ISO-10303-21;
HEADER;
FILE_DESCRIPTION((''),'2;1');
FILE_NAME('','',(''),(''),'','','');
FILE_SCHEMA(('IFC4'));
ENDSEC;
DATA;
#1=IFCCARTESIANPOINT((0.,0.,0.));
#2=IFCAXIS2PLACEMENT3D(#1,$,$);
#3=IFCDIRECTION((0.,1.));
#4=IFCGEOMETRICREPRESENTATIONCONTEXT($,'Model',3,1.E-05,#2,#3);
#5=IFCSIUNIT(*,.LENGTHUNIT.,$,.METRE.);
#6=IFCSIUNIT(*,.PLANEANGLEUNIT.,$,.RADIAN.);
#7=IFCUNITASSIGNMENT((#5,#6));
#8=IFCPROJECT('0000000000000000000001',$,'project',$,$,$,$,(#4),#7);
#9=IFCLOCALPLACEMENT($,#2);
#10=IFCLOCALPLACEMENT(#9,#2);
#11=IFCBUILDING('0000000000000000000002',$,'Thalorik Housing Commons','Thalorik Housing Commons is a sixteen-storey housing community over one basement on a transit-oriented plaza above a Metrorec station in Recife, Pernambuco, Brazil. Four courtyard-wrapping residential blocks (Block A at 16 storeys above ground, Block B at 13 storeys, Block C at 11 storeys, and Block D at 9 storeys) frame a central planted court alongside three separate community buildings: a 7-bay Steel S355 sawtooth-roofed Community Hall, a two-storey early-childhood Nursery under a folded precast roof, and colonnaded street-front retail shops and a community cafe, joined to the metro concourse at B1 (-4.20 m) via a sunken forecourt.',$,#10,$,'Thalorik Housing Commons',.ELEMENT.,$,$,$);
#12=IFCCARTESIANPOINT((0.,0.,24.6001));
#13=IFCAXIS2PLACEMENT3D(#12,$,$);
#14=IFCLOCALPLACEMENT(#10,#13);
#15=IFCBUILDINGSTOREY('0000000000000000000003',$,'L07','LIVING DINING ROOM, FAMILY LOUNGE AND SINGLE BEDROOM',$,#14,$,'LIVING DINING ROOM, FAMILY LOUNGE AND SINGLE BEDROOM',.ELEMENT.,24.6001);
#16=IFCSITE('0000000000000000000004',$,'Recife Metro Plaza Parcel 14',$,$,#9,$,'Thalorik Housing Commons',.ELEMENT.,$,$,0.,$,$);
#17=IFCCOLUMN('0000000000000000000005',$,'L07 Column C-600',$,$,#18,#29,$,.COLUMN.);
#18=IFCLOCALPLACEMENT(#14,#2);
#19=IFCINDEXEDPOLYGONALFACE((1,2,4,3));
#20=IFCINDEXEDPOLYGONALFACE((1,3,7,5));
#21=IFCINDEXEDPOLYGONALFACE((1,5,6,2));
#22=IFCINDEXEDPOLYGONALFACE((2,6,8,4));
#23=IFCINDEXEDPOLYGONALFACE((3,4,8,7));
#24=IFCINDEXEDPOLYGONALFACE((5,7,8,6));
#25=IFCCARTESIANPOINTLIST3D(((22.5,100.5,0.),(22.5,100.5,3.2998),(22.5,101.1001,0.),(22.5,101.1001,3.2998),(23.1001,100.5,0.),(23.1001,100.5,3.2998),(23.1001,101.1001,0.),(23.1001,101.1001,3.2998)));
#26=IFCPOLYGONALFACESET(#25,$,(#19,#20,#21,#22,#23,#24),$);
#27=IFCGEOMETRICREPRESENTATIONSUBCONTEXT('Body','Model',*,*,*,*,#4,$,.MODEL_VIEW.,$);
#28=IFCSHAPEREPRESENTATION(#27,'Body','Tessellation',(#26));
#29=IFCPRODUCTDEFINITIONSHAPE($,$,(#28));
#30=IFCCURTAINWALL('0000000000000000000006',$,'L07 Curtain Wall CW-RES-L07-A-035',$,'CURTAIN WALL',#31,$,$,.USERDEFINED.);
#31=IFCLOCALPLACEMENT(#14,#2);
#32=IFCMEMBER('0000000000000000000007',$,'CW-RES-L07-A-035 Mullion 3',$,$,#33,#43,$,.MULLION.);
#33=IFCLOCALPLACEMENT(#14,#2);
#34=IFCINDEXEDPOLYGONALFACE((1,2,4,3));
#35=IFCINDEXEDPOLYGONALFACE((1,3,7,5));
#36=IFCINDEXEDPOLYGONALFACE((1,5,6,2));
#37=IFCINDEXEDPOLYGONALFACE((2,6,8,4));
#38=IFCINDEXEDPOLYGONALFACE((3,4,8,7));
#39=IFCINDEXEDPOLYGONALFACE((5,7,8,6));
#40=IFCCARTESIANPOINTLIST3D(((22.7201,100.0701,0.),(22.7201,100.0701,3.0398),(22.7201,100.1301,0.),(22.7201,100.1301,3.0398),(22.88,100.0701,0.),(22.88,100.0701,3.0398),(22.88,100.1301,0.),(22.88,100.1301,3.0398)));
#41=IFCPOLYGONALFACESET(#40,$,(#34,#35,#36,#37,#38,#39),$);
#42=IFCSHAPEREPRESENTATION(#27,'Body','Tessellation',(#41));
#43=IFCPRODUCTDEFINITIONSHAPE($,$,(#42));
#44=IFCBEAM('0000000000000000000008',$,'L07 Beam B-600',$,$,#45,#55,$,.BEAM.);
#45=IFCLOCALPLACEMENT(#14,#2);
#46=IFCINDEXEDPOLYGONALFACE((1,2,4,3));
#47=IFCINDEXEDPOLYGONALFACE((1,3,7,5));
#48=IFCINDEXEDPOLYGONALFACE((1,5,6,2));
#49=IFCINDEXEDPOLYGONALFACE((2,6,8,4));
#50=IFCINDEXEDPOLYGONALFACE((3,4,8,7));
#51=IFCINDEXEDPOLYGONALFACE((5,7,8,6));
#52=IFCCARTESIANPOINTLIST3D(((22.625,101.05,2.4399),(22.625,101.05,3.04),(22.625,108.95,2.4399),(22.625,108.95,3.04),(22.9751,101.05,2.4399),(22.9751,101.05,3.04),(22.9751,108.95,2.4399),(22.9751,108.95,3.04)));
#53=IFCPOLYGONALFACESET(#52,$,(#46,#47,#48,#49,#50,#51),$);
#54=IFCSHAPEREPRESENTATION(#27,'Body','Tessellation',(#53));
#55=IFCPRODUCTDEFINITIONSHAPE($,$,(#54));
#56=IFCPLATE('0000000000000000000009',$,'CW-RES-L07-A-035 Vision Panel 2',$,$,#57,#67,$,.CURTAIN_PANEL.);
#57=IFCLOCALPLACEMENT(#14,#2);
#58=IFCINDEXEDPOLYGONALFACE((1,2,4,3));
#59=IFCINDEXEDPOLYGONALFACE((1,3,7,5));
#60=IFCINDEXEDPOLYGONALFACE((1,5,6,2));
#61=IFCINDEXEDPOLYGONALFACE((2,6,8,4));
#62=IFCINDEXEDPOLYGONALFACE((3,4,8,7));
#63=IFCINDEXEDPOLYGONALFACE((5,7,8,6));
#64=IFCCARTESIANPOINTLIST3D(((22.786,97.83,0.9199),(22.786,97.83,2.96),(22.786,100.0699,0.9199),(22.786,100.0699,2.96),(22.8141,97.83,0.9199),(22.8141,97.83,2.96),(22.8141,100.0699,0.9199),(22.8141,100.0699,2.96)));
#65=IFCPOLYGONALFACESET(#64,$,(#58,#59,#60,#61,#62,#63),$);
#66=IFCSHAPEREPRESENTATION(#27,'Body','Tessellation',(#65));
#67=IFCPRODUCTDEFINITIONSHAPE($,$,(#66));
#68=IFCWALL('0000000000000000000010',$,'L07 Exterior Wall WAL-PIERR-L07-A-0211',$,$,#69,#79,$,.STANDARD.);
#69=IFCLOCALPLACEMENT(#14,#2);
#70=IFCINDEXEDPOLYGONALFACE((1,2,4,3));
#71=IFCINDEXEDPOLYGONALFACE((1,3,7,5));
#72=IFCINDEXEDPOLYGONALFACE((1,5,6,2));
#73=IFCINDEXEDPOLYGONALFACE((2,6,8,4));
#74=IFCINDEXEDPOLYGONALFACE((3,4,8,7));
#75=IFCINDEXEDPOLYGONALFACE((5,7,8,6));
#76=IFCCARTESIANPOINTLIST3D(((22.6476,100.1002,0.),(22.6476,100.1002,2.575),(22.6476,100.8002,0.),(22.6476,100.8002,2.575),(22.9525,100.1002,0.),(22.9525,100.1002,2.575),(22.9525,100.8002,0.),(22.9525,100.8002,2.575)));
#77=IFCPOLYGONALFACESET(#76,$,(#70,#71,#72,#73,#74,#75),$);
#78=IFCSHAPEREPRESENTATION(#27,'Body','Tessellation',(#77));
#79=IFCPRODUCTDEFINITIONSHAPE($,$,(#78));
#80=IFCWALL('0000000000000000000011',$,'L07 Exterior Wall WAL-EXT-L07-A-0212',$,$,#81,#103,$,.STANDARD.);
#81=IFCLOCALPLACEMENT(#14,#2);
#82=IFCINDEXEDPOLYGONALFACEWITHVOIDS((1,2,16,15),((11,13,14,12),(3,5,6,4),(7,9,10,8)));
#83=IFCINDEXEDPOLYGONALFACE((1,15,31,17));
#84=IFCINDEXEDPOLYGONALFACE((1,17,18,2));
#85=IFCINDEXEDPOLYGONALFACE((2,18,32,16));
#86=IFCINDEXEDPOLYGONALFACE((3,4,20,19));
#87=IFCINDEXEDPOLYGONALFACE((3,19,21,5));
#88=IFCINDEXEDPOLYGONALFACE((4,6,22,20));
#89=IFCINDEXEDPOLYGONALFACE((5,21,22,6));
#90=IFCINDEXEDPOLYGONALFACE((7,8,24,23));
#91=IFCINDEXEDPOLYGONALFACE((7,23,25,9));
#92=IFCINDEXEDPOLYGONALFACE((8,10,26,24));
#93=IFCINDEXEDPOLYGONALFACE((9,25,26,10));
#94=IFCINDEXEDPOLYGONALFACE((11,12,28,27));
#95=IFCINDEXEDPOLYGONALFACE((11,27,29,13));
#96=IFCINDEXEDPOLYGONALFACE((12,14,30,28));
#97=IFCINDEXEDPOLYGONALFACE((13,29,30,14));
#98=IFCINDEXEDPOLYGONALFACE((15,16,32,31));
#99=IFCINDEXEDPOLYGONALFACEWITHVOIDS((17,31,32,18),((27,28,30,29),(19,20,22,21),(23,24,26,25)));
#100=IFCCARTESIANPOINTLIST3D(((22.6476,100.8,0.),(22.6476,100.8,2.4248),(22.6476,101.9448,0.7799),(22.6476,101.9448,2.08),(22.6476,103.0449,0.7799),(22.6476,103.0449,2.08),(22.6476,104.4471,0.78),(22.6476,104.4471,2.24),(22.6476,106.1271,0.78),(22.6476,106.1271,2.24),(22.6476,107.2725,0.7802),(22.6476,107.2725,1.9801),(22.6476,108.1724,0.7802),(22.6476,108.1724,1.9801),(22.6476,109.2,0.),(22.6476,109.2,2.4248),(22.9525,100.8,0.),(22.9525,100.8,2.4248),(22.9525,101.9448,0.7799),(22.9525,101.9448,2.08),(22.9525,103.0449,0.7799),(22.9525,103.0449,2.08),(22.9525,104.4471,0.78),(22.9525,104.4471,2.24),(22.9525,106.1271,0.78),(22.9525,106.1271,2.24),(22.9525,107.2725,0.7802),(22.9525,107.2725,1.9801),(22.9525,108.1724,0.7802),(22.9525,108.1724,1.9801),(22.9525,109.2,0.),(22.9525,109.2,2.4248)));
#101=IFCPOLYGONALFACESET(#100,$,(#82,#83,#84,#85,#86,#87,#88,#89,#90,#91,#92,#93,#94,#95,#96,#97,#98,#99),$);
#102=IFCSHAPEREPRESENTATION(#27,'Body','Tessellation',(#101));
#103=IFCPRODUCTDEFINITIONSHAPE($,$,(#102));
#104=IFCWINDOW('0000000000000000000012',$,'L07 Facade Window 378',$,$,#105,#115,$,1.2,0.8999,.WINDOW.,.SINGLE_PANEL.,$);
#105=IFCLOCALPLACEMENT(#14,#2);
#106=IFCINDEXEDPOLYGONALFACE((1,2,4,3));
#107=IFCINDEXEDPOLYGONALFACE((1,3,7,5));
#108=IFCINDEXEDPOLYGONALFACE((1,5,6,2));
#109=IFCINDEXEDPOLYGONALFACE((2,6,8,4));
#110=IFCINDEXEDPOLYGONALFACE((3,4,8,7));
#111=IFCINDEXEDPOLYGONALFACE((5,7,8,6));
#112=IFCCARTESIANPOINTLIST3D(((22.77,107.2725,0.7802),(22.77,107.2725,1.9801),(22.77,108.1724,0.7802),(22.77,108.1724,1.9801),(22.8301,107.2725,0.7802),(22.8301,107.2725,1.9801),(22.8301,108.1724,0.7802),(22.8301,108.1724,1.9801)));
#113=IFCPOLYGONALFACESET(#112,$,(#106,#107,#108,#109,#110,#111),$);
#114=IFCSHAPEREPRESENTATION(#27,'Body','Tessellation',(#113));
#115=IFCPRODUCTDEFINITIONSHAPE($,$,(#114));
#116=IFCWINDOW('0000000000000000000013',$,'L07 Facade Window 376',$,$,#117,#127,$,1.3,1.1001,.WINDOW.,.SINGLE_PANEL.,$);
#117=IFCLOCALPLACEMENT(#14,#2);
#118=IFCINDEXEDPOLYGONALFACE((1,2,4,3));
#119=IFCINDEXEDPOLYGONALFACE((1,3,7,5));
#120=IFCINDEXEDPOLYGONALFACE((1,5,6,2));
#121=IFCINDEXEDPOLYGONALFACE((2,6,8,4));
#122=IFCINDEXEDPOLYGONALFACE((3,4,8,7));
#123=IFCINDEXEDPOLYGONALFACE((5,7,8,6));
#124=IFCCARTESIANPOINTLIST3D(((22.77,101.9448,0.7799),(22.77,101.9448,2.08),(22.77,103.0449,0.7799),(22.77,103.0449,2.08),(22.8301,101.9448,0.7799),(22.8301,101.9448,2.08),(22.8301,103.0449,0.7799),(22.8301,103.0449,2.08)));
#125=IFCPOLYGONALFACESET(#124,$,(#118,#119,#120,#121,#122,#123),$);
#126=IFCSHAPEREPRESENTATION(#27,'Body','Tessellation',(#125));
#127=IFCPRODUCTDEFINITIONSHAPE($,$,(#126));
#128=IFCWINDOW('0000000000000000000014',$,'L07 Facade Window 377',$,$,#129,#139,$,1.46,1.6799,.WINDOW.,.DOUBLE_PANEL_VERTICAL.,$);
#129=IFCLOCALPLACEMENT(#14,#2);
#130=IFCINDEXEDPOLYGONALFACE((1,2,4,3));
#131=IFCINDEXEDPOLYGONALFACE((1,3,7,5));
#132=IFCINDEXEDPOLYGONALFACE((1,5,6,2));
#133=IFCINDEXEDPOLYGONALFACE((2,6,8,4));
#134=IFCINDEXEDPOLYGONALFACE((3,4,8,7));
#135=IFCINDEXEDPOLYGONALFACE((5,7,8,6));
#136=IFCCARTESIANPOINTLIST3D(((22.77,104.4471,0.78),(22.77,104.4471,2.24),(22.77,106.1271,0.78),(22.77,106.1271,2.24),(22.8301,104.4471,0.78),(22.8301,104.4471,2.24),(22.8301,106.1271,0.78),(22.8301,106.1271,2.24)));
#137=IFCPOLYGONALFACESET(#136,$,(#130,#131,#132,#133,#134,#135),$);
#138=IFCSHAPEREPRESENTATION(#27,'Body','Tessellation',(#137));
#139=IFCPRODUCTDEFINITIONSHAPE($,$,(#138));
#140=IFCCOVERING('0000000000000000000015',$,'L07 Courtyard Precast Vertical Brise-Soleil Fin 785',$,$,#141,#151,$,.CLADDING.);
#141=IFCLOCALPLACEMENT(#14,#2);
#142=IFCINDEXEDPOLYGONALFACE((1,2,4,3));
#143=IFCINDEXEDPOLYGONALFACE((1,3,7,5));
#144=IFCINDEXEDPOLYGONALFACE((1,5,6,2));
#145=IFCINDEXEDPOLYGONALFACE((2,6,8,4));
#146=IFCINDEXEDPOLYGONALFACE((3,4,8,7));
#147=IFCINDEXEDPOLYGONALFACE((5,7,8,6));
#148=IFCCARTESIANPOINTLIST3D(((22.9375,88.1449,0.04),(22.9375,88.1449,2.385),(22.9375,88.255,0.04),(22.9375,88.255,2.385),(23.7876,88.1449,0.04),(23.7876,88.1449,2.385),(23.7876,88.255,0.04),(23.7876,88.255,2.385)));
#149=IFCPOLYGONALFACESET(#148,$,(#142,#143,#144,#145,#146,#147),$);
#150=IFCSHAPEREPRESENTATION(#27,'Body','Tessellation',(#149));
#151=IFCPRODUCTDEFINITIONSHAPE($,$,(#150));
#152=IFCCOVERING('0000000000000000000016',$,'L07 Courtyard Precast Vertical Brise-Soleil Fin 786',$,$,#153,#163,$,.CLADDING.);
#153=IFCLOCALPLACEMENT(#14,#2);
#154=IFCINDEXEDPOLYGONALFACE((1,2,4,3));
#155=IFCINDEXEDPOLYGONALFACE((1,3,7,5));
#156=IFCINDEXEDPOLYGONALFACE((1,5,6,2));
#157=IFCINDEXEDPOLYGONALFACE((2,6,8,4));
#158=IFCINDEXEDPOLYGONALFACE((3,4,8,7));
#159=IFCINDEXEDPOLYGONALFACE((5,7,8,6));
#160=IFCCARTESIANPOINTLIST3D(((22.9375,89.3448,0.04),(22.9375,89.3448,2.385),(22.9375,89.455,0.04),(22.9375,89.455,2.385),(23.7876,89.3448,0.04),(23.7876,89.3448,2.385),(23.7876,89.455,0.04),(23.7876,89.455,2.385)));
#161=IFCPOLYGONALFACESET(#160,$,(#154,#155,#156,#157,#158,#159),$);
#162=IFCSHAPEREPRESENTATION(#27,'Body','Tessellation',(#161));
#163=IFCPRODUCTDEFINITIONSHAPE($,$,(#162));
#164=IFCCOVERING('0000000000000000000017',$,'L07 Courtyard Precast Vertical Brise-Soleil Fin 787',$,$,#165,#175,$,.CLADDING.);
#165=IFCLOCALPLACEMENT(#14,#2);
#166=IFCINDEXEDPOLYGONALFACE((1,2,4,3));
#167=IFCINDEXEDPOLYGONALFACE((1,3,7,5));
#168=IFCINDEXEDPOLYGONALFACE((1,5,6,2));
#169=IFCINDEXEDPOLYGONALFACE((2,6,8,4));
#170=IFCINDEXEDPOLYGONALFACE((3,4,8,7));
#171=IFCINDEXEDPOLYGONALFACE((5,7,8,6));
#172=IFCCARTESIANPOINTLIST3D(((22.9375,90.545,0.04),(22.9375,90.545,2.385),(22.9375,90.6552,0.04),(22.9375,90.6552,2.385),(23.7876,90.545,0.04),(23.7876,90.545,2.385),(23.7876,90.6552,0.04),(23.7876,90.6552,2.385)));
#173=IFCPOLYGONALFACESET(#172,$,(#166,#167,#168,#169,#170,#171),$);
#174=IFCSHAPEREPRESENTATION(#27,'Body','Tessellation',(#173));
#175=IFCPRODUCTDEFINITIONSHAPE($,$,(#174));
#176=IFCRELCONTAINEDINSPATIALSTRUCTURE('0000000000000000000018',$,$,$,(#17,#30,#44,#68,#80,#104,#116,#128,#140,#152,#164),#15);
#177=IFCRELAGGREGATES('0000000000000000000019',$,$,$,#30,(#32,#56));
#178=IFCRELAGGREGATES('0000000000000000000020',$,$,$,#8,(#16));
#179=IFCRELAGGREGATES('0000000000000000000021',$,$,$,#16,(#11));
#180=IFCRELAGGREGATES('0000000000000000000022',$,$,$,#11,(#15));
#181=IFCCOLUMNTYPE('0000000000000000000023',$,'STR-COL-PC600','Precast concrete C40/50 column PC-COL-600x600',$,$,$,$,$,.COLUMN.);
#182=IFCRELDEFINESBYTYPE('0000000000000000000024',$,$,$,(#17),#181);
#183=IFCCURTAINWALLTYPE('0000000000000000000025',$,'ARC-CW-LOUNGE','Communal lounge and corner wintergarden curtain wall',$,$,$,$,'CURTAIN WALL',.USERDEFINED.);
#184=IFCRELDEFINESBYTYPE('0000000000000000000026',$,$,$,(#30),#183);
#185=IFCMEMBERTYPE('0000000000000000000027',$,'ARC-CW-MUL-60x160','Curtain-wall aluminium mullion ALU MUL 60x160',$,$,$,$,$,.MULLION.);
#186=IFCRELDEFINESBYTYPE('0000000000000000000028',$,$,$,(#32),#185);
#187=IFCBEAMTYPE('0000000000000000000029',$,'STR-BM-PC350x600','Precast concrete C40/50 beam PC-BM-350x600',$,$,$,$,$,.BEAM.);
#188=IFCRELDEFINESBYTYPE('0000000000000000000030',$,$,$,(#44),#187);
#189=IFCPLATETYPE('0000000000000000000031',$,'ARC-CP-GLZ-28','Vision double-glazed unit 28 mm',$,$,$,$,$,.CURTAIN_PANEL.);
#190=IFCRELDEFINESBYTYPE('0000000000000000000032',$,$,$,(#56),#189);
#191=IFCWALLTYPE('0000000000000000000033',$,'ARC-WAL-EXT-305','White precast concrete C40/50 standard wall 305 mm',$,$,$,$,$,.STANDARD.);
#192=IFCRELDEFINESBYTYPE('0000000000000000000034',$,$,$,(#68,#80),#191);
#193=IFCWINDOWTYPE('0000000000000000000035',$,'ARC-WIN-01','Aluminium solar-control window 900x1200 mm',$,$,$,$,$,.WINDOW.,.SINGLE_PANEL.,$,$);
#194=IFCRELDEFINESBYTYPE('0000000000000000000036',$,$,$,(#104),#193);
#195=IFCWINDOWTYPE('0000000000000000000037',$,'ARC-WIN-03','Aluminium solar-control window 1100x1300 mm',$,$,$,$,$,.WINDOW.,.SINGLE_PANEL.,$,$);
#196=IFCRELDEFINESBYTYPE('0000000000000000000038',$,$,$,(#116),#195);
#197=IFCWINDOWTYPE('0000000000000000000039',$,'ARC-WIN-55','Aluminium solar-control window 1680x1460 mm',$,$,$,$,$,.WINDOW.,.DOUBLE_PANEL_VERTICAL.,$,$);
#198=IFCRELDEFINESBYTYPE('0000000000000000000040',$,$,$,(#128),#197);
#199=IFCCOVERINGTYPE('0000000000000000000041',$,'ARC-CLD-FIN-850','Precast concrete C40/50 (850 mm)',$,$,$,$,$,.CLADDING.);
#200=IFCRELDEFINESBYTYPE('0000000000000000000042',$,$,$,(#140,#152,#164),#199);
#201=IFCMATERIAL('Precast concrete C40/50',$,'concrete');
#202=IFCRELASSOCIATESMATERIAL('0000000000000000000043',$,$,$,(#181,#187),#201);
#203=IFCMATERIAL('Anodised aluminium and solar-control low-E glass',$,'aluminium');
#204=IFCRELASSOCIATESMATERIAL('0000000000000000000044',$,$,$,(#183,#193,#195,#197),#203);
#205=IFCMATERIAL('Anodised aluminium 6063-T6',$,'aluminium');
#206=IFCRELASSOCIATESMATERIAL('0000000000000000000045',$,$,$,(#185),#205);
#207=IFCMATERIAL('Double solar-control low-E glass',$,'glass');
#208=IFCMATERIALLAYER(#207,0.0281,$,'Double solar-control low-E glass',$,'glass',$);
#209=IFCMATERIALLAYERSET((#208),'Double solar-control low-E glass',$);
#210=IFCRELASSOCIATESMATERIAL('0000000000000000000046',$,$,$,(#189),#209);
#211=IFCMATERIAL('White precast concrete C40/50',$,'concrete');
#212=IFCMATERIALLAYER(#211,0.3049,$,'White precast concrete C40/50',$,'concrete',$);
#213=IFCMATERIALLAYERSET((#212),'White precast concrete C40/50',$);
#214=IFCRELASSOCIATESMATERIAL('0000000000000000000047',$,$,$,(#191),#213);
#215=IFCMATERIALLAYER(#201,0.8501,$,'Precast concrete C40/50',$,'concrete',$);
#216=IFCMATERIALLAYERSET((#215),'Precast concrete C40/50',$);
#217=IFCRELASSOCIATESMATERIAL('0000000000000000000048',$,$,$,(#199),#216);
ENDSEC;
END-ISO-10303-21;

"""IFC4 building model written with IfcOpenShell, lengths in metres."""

from ifc_helpers import new_model, si_unit, direction, frame, frame_2d, origin, origin_2d, place, context, subcontext, project, spatial, rectangle, extrude, material, layer, layer_set, material_profile, profile_set, type_object, element, fill, aggregate, save


model = new_model("IFC4")

# Units and contexts
model_context = context("Model", 3, precision=1e-05, world=origin(), true_north=direction((0.0, 1.0)))
body_context = subcontext(model_context, "Body", "Model", "MODEL_VIEW")
ifc_project = project(units=[si_unit("LENGTHUNIT", "METRE"), si_unit("PLANEANGLEUNIT", "RADIAN")], contexts=[model_context])

# Site, building, storey
site_placement = place(None, origin())
site = spatial("IfcSite", under=ifc_project, at=site_placement, Name="Recife Metro Plaza Parcel 14", LongName="Thalorik Housing Commons", CompositionType="ELEMENT", RefElevation=0.0)
building_placement = place(site_placement, origin())
building = spatial("IfcBuilding", under=site, at=building_placement, Name="Thalorik Housing Commons", Description="Thalorik Housing Commons is a sixteen-storey housing community over one basement on a transit-oriented plaza above a Metrorec station in Recife, Pernambuco, Brazil. Four courtyard-wrapping residential blocks (Block A at 16 storeys above ground, Block B at 13 storeys, Block C at 11 storeys, and Block D at 9 storeys) frame a central planted court alongside three separate community buildings: a 7-bay Steel S355 sawtooth-roofed Community Hall, a two-storey early-childhood Nursery under a folded precast roof, and colonnaded street-front retail shops and a community cafe, joined to the metro concourse at B1 (-4.20 m) via a sunken forecourt.", LongName="Thalorik Housing Commons", CompositionType="ELEMENT")
storey_placement = place(building_placement, frame((0.0, 0.0, 24.6001)))
storey = spatial("IfcBuildingStorey", under=building, at=storey_placement, Name="L07", Description="LIVING DINING ROOM, FAMILY LOUNGE AND SINGLE BEDROOM", LongName="LIVING DINING ROOM, FAMILY LOUNGE AND SINGLE BEDROOM", CompositionType="ELEMENT", Elevation=24.6001)

# Column
ifc_material_1 = material(Name="Precast concrete C40/50", Category="concrete")
ifc_material_profile_1 = material_profile(ifc_material_1, rectangle(XDim=0.6001, YDim=0.6001, at=origin_2d()), Name="PC 600x600", Category="concrete")
ifc_profile_set_1 = profile_set([ifc_material_profile_1], Name="Precast concrete C40/50")
column_type = type_object("IfcColumnType", Name="STR-COL-PC600", Description="Precast concrete C40/50 column PC-COL-600x600", PredefinedType="COLUMN", material=ifc_profile_set_1)
column_placement = place(storey_placement, frame((22.8, 100.8, 0.0), z_axis=(0.0, 0.0, 1.0), x_axis=(1.0, 0.0, 0.0)))
element("IfcColumn", 1, at=column_placement, inside=storey, type_object=column_type, Name="L07 Column C-600", PredefinedType="COLUMN", context=body_context, shape_type="SweptSolid", body=[
    extrude(rectangle(XDim=0.6001, YDim=0.6001, at=origin_2d()), origin(), (0.0, 0.0, 1.0), 3.2998),
])

# Curtain wall, member
ifc_material_2 = material(Name="Anodised aluminium and solar-control low-E glass", Category="aluminium")
curtain_wall_type = type_object("IfcCurtainWallType", Name="ARC-CW-LOUNGE", Description="Communal lounge and corner wintergarden curtain wall", ElementType="CURTAIN WALL", PredefinedType="USERDEFINED", material=ifc_material_2)
curtain_wall_placement = place(storey_placement, origin())
curtain_wall = element("IfcCurtainWall", 2, at=curtain_wall_placement, inside=storey, type_object=curtain_wall_type, Name="L07 Curtain Wall CW-RES-L07-A-035", ObjectType="CURTAIN WALL", PredefinedType="USERDEFINED")
ifc_material_3 = material(Name="Anodised aluminium 6063-T6", Category="aluminium")
ifc_material_profile_2 = material_profile(ifc_material_3, rectangle(XDim=0.0601, YDim=0.1599, at=origin_2d()), Name="ALU MUL 60x160", Category="aluminium")
ifc_profile_set_2 = profile_set([ifc_material_profile_2], Name="Anodised aluminium 6063-T6")
member_type = type_object("IfcMemberType", Name="ARC-CW-MUL-60x160", Description="Curtain-wall aluminium mullion ALU MUL 60x160", PredefinedType="MULLION", material=ifc_profile_set_2)
member_placement = place(storey_placement, frame((22.8, 100.1001, 0.0), z_axis=(0.0, 0.0, 1.0), x_axis=(0.0, 1.0, 0.0)))
member = element("IfcMember", 3, at=member_placement, type_object=member_type, Name="CW-RES-L07-A-035 Mullion 3", PredefinedType="MULLION", context=body_context, shape_type="SweptSolid", body=[
    extrude(rectangle(XDim=0.0601, YDim=0.1599, at=origin_2d()), origin(), (0.0, 0.0, 1.0), 3.0398),
])

# Beam
ifc_material_profile_3 = material_profile(ifc_material_1, rectangle(XDim=0.3501, YDim=0.6001, at=origin_2d()), Name="PC 350x600", Category="concrete")
ifc_profile_set_3 = profile_set([ifc_material_profile_3], Name="Precast concrete C40/50")
beam_type = type_object("IfcBeamType", Name="STR-BM-PC350x600", Description="Precast concrete C40/50 beam PC-BM-350x600", PredefinedType="BEAM", material=ifc_profile_set_3)
beam_placement = place(storey_placement, frame((22.8, 101.05, 2.74), z_axis=(0.0, 1.0, 0.0), x_axis=(-1.0, 0.0, 0.0)))
element("IfcBeam", 4, at=beam_placement, inside=storey, type_object=beam_type, Name="L07 Beam B-600", PredefinedType="BEAM", context=body_context, shape_type="SweptSolid", body=[
    extrude(rectangle(XDim=0.3501, YDim=0.6001, at=origin_2d()), origin(), (0.0, 0.0, 1.0), 7.8999),
])

# Plate
ifc_material_4 = material(Name="Double solar-control low-E glass", Category="glass")
ifc_layer_1 = layer(ifc_material_4, 0.0281, Name="Double solar-control low-E glass", Category="glass")
ifc_layer_set_1 = layer_set([ifc_layer_1], Name="Double solar-control low-E glass")
plate_type = type_object("IfcPlateType", Name="ARC-CP-GLZ-28", Description="Vision double-glazed unit 28 mm", PredefinedType="CURTAIN_PANEL", material=ifc_layer_set_1)
plate_placement = place(storey_placement, frame((22.8, 98.95, 0.9199), z_axis=(0.0, 0.0, 1.0), x_axis=(0.0, 1.0, 0.0)))
plate = element("IfcPlate", 5, at=plate_placement, type_object=plate_type, Name="CW-RES-L07-A-035 Vision Panel 2", PredefinedType="CURTAIN_PANEL", context=body_context, shape_type="SweptSolid", body=[
    extrude(rectangle(XDim=2.24, YDim=0.0281, at=origin_2d()), origin(), (0.0, 0.0, 1.0), 2.04),
])
aggregate(curtain_wall, [member, plate])

# Wall
ifc_material_5 = material(Name="White precast concrete C40/50", Category="concrete")
ifc_layer_2 = layer(ifc_material_5, 0.3049, Name="White precast concrete C40/50", Category="concrete")
ifc_layer_set_2 = layer_set([ifc_layer_2], Name="White precast concrete C40/50")
wall_type = type_object("IfcWallType", Name="ARC-WAL-EXT-305", Description="White precast concrete C40/50 standard wall 305 mm", PredefinedType="STANDARD", material=ifc_layer_set_2)
wall_1_placement = place(storey_placement, frame((22.8, 100.1001, 0.0), z_axis=(0.0, 0.0, 1.0), x_axis=(0.0, 1.0, 0.0)))
element("IfcWall", 6, at=wall_1_placement, inside=storey, type_object=wall_type, Name="L07 Exterior Wall WAL-PIERR-L07-A-0211", PredefinedType="STANDARD", context=body_context, shape_type="SweptSolid", body=[
    extrude(rectangle(XDim=0.7, YDim=0.3049, at=frame_2d((0.3501, 0.0))), origin(), (0.0, 0.0, 1.0), 2.575),
])

# Wall, openings, windows
wall_2_placement = place(storey_placement, frame((22.8, 100.8, 0.0), z_axis=(0.0, 0.0, 1.0), x_axis=(0.0, 1.0, 0.0)))
wall_2 = element("IfcWall", 7, at=wall_2_placement, inside=storey, type_object=wall_type, Name="L07 Exterior Wall WAL-EXT-L07-A-0212", PredefinedType="STANDARD", context=body_context, shape_type="SweptSolid", body=[
    extrude(rectangle(XDim=8.3999, YDim=0.3049, at=frame_2d((4.2, 0.0))), origin(), (0.0, 0.0, 1.0), 2.4248),
])
opening_1_placement = place(wall_2_placement, frame((1.1448, 0.0, 0.78)))
opening_1 = element("IfcOpeningElement", 8, at=opening_1_placement, cuts=wall_2, PredefinedType="OPENING", context=body_context, shape_type="SweptSolid", body=[
    extrude(rectangle(XDim=1.1001, YDim=1.3, at=frame_2d((0.55, 0.6499))), frame((0.0, 0.1626, 0.0), z_axis=(0.0, -1.0, 0.0), x_axis=(1.0, 0.0, 0.0)), (0.0, 0.0, 1.0), 0.325),
])
opening_2_placement = place(wall_2_placement, frame((3.6472, 0.0, 0.78)))
opening_2 = element("IfcOpeningElement", 9, at=opening_2_placement, cuts=wall_2, PredefinedType="OPENING", context=body_context, shape_type="SweptSolid", body=[
    extrude(rectangle(XDim=1.6799, YDim=1.46, at=frame_2d((0.8398, 0.73))), frame((0.0, 0.1626, 0.0), z_axis=(0.0, -1.0, 0.0), x_axis=(1.0, 0.0, 0.0)), (0.0, 0.0, 1.0), 0.325),
])
opening_3_placement = place(wall_2_placement, frame((6.4724, 0.0, 0.78)))
opening_3 = element("IfcOpeningElement", 10, at=opening_3_placement, cuts=wall_2, PredefinedType="OPENING", context=body_context, shape_type="SweptSolid", body=[
    extrude(rectangle(XDim=0.8999, YDim=1.2, at=frame_2d((0.45, 0.6001))), frame((0.0, 0.1626, 0.0), z_axis=(0.0, -1.0, 0.0), x_axis=(1.0, 0.0, 0.0)), (0.0, 0.0, 1.0), 0.325),
])
window_type_1 = type_object("IfcWindowType", Name="ARC-WIN-01", Description="Aluminium solar-control window 900x1200 mm", PartitioningType="SINGLE_PANEL", PredefinedType="WINDOW", material=ifc_material_2)
window_1_placement = place(opening_3_placement, origin())
window_1 = element("IfcWindow", 11, at=window_1_placement, inside=storey, type_object=window_type_1, Name="L07 Facade Window 378", OverallHeight=1.2, OverallWidth=0.8999, PartitioningType="SINGLE_PANEL", PredefinedType="WINDOW", context=body_context, shape_type="SweptSolid", body=[
    extrude(rectangle(XDim=0.8999, YDim=1.2, at=frame_2d((0.45, 0.6001))), frame((0.0, 0.03, 0.0), z_axis=(0.0, -1.0, 0.0), x_axis=(1.0, 0.0, 0.0)), (0.0, 0.0, 1.0), 0.0601),
])
fill(opening_3, window_1)
window_type_2 = type_object("IfcWindowType", Name="ARC-WIN-03", Description="Aluminium solar-control window 1100x1300 mm", PartitioningType="SINGLE_PANEL", PredefinedType="WINDOW", material=ifc_material_2)
window_2_placement = place(opening_1_placement, origin())
window_2 = element("IfcWindow", 12, at=window_2_placement, inside=storey, type_object=window_type_2, Name="L07 Facade Window 376", OverallHeight=1.3, OverallWidth=1.1001, PartitioningType="SINGLE_PANEL", PredefinedType="WINDOW", context=body_context, shape_type="SweptSolid", body=[
    extrude(rectangle(XDim=1.1001, YDim=1.3, at=frame_2d((0.55, 0.6499))), frame((0.0, 0.03, 0.0), z_axis=(0.0, -1.0, 0.0), x_axis=(1.0, 0.0, 0.0)), (0.0, 0.0, 1.0), 0.0601),
])
fill(opening_1, window_2)
window_type_3 = type_object("IfcWindowType", Name="ARC-WIN-55", Description="Aluminium solar-control window 1680x1460 mm", PartitioningType="DOUBLE_PANEL_VERTICAL", PredefinedType="WINDOW", material=ifc_material_2)
window_3_placement = place(opening_2_placement, origin())
window_3 = element("IfcWindow", 13, at=window_3_placement, inside=storey, type_object=window_type_3, Name="L07 Facade Window 377", OverallHeight=1.46, OverallWidth=1.6799, PartitioningType="DOUBLE_PANEL_VERTICAL", PredefinedType="WINDOW", context=body_context, shape_type="SweptSolid", body=[
    extrude(rectangle(XDim=1.6799, YDim=1.46, at=frame_2d((0.8398, 0.73))), frame((0.0, 0.03, 0.0), z_axis=(0.0, -1.0, 0.0), x_axis=(1.0, 0.0, 0.0)), (0.0, 0.0, 1.0), 0.0601),
])
fill(opening_2, window_3)

# Coverings
ifc_layer_3 = layer(ifc_material_1, 0.8501, Name="Precast concrete C40/50", Category="concrete")
ifc_layer_set_3 = layer_set([ifc_layer_3], Name="Precast concrete C40/50")
covering_type_1 = type_object("IfcCoveringType", Name="ARC-CLD-FIN-850", Description="Precast concrete C40/50 (850 mm)", PredefinedType="CLADDING", material=ifc_layer_set_3)
for number, where, z_axis, x_axis, name in (
    (14, (23.3625, 88.2, 0.04), (0.0, 0.0, 1.0), (0.0, 1.0, 0.0), "L07 Courtyard Precast Vertical Brise-Soleil Fin 785"),
    (15, (23.3625, 89.3999, 0.04), (0.0, 0.0, 1.0), (0.0, 1.0, 0.0), "L07 Courtyard Precast Vertical Brise-Soleil Fin 786"),
    (16, (23.3625, 90.6001, 0.04), (0.0, 0.0, 1.0), (0.0, 1.0, 0.0), "L07 Courtyard Precast Vertical Brise-Soleil Fin 787"),
):
    element("IfcCovering", number, at=place(storey_placement, frame(where, z_axis=z_axis, x_axis=x_axis)), inside=storey, type_object=covering_type_1, Name=name, PredefinedType="CLADDING", context=body_context, shape_type="SweptSolid", body=[
        extrude(rectangle(XDim=0.1101, YDim=0.8501, at=origin_2d()), origin(), (0.0, 0.0, 1.0), 2.345),
    ])

save(model, "model.ifc")
